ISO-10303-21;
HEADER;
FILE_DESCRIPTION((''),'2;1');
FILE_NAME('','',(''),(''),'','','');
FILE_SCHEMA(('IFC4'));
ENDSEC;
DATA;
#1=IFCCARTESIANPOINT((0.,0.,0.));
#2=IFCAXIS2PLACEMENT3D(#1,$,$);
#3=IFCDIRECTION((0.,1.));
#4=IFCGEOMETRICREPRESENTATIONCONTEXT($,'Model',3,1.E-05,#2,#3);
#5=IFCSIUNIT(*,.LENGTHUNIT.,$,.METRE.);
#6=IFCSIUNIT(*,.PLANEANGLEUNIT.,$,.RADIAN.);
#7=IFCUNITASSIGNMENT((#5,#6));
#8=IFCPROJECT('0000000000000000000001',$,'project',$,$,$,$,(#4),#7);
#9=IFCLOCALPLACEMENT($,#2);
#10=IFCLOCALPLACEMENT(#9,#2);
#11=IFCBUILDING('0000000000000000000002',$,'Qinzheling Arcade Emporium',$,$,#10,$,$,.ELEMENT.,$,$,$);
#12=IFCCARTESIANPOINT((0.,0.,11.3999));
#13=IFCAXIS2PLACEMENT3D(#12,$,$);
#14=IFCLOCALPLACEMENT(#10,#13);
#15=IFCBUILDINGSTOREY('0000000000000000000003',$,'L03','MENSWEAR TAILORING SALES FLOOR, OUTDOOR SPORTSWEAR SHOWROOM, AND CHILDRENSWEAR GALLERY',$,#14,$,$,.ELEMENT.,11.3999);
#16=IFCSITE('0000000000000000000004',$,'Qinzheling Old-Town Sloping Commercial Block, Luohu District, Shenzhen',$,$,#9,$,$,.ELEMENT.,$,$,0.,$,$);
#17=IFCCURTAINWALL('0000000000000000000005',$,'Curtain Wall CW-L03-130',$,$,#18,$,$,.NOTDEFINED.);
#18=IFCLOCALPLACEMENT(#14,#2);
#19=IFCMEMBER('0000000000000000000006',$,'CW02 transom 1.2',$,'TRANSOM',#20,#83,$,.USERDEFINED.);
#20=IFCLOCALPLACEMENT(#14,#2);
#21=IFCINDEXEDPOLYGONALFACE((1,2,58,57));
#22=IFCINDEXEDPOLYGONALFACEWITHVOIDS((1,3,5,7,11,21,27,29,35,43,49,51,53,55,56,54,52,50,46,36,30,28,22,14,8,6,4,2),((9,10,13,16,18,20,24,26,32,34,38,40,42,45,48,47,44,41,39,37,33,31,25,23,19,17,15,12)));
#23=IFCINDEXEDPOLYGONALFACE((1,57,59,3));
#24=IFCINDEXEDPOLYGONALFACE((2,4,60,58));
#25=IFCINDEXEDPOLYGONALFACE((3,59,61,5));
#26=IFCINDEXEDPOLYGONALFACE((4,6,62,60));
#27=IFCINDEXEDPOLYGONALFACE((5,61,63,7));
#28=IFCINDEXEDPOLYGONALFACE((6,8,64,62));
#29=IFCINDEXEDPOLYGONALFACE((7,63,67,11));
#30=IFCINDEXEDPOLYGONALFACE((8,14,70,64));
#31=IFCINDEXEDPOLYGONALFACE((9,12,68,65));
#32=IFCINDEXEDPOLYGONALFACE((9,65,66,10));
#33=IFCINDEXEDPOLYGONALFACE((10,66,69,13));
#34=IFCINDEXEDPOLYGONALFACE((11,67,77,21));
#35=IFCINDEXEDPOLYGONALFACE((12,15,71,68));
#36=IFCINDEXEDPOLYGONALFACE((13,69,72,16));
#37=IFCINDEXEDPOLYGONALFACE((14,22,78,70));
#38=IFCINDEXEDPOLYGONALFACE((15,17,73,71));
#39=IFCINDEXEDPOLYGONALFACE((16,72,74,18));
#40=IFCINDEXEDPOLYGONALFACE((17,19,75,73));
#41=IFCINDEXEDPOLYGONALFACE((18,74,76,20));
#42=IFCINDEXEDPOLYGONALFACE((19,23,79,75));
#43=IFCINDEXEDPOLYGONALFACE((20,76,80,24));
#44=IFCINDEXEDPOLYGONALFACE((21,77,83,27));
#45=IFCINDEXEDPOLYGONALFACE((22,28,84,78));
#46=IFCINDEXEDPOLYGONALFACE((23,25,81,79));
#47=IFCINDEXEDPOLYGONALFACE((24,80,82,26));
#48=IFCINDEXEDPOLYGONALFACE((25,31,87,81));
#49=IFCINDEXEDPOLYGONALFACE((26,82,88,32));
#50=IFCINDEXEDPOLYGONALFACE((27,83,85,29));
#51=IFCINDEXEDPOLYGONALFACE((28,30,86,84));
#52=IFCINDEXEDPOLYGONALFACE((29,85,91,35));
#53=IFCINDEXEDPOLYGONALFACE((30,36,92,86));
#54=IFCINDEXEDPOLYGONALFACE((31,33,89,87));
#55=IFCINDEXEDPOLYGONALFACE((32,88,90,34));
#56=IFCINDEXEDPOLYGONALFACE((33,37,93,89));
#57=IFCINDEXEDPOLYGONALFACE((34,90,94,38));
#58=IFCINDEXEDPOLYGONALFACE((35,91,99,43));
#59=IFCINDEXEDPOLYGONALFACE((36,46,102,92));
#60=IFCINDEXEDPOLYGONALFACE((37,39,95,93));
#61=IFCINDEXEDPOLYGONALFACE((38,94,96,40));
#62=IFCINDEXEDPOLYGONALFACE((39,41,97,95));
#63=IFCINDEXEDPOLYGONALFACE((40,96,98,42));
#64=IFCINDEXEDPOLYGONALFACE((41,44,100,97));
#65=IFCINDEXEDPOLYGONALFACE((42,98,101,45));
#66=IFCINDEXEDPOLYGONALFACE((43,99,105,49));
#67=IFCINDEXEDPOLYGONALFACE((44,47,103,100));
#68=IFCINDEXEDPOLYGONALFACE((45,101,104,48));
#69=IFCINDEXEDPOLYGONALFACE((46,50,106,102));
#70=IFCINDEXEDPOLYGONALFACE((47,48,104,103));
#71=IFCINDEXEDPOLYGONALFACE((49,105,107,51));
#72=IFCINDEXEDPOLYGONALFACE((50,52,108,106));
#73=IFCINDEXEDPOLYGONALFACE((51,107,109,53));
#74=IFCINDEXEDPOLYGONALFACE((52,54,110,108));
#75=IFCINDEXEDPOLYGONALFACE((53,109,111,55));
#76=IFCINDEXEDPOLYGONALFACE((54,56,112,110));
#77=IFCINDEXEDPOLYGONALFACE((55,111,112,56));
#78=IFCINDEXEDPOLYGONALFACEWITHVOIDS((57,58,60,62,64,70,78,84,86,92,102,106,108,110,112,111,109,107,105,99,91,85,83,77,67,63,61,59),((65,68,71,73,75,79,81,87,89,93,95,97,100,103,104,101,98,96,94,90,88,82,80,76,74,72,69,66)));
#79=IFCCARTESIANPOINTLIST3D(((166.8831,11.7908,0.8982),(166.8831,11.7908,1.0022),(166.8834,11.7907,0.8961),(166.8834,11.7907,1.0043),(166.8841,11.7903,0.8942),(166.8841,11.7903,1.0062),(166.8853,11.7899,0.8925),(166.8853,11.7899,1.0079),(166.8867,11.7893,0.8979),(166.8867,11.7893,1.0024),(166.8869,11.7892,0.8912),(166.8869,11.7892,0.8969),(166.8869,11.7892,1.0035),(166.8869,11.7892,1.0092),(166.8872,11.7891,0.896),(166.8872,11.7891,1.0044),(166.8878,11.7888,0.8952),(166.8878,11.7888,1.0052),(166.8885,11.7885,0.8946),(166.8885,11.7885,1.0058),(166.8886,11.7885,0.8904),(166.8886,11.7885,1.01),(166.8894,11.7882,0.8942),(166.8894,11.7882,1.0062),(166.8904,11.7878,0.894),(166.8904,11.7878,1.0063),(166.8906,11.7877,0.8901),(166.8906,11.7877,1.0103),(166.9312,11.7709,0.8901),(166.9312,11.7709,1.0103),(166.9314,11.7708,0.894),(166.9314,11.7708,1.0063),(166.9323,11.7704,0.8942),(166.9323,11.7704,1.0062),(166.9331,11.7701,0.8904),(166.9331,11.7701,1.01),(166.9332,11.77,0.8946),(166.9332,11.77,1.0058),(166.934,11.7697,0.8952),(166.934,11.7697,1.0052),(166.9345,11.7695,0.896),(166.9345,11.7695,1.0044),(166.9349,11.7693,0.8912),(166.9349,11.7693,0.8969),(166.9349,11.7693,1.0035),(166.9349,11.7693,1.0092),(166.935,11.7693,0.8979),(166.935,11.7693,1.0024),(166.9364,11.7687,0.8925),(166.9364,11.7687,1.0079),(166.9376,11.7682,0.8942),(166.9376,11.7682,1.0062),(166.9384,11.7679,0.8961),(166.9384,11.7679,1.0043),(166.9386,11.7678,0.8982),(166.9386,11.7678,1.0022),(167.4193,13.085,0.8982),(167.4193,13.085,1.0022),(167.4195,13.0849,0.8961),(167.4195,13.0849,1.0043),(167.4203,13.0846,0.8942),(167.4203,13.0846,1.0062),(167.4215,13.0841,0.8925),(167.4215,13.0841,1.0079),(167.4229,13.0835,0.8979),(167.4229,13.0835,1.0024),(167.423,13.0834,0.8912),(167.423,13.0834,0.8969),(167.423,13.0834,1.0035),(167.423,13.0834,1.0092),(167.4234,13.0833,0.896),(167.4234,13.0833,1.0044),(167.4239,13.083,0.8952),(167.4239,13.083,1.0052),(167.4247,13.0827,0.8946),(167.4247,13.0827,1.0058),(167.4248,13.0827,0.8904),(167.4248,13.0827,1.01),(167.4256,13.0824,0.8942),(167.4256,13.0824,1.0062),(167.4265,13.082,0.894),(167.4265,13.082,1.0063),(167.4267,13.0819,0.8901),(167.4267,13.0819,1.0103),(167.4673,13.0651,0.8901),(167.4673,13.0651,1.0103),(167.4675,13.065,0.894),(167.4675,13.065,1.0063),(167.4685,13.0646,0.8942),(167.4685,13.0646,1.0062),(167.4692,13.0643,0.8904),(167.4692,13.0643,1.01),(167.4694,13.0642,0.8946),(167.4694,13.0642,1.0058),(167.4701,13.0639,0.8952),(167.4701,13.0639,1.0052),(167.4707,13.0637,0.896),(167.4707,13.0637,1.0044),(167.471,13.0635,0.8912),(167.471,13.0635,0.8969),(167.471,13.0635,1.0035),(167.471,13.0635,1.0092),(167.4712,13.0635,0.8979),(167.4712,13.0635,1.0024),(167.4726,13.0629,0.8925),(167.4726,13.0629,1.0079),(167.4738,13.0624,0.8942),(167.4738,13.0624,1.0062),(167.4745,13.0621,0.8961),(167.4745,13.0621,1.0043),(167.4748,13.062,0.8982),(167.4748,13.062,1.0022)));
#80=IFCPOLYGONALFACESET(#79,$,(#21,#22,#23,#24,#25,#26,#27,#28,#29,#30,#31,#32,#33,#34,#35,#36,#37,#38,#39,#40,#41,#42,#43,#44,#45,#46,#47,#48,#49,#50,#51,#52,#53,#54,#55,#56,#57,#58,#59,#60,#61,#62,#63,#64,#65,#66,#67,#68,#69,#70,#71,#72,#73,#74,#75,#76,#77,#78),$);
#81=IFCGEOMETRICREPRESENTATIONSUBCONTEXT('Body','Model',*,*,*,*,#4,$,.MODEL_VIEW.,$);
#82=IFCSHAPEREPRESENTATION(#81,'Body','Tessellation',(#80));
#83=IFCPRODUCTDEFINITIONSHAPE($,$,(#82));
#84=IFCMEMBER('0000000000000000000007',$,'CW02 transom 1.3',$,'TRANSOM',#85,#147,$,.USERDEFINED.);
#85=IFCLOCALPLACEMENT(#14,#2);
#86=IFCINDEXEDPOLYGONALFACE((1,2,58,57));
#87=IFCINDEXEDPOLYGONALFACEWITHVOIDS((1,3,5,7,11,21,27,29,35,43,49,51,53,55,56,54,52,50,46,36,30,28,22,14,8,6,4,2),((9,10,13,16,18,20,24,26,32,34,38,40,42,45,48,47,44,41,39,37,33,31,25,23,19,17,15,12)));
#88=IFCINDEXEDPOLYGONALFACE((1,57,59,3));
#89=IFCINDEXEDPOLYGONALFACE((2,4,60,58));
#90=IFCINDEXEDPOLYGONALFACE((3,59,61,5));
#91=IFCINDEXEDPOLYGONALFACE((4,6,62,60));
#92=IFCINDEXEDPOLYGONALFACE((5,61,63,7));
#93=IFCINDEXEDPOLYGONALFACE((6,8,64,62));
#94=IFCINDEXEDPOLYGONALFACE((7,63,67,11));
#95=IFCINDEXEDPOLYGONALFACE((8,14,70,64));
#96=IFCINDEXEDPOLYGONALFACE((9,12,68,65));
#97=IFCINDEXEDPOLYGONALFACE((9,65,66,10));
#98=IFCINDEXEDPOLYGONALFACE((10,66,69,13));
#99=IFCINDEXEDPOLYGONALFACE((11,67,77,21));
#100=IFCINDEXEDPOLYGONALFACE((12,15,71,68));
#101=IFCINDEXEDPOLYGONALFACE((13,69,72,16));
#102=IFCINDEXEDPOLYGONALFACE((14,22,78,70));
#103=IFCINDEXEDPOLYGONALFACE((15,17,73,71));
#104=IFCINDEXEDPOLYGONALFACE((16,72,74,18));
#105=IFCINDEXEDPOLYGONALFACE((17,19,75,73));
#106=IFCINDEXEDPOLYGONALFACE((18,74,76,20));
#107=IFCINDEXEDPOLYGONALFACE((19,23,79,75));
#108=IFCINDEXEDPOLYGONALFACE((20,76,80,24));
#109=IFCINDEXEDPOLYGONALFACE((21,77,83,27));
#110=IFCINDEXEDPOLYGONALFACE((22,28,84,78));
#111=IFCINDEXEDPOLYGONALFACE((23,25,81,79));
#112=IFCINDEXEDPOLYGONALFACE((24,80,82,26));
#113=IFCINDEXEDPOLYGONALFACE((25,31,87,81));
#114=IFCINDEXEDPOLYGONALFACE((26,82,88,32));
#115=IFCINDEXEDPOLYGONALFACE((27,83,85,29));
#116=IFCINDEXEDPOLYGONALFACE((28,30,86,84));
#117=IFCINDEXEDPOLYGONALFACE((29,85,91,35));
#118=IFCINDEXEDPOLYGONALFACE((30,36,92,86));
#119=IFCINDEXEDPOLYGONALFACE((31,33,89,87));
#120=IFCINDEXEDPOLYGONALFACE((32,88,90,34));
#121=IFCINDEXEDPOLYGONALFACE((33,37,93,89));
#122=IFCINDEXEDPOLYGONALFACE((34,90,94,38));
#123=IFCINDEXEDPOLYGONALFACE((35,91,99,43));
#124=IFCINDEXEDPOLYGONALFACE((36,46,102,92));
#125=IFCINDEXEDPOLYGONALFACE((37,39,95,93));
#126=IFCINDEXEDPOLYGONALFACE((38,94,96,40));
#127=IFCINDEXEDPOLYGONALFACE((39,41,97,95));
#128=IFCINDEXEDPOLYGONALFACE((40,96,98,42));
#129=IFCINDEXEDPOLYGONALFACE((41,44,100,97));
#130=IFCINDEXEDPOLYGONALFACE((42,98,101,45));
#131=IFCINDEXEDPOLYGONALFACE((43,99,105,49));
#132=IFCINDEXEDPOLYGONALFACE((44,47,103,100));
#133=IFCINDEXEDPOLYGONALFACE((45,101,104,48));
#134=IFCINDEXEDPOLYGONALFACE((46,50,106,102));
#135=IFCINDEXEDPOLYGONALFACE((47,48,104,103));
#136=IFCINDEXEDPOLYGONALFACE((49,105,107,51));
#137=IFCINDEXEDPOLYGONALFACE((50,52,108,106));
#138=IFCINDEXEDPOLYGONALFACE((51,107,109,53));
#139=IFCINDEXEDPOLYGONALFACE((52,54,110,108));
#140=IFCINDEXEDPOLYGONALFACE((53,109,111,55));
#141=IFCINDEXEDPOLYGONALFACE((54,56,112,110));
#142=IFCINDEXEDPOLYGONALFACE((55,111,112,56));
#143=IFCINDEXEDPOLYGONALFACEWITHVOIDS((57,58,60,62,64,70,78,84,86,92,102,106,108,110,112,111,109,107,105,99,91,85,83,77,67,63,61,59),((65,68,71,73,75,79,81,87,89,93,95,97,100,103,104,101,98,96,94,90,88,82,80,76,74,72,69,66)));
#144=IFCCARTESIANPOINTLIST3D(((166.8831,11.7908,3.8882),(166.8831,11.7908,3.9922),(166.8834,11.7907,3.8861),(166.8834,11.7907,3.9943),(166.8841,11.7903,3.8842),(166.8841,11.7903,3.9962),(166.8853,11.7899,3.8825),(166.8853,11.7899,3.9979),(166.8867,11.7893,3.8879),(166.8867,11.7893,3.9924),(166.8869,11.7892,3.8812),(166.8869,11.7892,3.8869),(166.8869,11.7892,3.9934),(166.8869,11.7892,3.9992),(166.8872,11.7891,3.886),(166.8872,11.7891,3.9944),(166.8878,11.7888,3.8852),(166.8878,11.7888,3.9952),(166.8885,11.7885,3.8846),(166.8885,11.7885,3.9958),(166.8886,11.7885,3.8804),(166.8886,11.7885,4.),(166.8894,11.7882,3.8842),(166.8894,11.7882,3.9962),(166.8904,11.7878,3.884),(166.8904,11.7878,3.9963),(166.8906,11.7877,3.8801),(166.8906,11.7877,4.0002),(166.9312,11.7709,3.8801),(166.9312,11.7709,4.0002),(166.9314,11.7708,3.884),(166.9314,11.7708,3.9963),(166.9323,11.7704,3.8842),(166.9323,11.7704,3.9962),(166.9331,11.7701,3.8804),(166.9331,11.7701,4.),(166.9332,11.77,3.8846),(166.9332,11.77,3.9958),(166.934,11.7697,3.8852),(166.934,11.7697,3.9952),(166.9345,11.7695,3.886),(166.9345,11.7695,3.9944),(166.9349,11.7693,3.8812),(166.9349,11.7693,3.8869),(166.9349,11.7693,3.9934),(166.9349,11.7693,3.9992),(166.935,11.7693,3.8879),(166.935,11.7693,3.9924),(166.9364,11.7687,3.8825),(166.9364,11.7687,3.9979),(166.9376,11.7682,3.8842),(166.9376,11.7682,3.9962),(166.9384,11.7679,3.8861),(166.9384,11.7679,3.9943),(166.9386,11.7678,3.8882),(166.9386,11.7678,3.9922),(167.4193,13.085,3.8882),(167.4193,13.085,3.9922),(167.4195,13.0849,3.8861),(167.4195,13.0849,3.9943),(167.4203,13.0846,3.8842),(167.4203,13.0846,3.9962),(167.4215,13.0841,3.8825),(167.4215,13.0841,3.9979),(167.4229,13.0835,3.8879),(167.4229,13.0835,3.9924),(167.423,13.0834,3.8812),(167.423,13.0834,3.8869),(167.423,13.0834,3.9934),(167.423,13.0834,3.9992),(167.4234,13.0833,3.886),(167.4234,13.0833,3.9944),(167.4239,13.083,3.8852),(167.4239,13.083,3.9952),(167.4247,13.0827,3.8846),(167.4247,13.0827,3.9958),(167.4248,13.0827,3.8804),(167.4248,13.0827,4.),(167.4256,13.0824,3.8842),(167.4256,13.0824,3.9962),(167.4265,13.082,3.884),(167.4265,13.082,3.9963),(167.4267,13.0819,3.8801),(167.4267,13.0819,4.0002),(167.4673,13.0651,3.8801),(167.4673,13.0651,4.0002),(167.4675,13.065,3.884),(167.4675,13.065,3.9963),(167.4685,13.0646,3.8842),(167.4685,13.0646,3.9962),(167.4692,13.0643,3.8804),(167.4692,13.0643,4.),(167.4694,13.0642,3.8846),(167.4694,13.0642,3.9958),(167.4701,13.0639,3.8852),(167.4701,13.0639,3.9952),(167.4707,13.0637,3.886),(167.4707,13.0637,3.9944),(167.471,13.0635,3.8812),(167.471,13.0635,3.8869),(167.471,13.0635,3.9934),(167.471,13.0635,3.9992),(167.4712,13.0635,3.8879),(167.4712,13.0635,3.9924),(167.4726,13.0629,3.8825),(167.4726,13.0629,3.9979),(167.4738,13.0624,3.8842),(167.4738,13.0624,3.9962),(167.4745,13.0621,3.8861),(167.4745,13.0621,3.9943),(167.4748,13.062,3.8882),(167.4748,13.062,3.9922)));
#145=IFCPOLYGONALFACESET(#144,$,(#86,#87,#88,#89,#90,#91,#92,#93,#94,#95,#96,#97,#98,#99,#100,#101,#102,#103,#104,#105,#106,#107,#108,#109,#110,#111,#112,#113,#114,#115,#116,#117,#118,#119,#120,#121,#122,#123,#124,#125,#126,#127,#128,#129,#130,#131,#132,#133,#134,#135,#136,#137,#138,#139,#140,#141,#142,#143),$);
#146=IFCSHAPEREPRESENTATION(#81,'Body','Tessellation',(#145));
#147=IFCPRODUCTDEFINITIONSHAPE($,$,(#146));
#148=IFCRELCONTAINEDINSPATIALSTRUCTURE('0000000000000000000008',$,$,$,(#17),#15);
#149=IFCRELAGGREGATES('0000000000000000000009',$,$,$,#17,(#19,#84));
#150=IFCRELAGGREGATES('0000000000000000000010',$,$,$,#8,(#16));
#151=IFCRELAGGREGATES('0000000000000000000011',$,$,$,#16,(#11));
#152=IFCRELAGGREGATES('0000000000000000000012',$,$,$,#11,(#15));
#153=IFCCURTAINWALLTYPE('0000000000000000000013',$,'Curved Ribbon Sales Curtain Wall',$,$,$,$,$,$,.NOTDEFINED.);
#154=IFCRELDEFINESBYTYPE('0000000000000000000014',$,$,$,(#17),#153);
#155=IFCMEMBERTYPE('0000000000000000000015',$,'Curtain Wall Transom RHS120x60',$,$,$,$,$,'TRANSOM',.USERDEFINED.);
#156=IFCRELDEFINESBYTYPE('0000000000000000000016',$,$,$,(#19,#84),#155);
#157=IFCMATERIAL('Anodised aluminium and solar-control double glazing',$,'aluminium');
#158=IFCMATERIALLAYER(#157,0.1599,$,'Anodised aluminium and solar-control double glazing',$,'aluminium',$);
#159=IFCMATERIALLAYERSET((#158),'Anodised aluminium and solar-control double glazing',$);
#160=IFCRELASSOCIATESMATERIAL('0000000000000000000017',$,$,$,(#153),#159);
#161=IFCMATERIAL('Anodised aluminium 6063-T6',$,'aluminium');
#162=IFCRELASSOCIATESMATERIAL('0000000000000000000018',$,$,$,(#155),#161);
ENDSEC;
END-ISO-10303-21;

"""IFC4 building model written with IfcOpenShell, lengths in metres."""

from ifc_helpers import new_model, si_unit, direction, frame, origin, origin_2d, place, context, subcontext, project, spatial, hollow_rectangle, extrude, material, layer, layer_set, material_profile, profile_set, type_object, element, aggregate, save


model = new_model("IFC4")

# Units and contexts
model_context = context("Model", 3, precision=1e-05, world=origin(), true_north=direction((0.0, 1.0)))
body_context = subcontext(model_context, "Body", "Model", "MODEL_VIEW")
ifc_project = project(units=[si_unit("LENGTHUNIT", "METRE"), si_unit("PLANEANGLEUNIT", "RADIAN")], contexts=[model_context])

# Site, building, storey
site_placement = place(None, origin())
site = spatial("IfcSite", under=ifc_project, at=site_placement, Name="Qinzheling Old-Town Sloping Commercial Block, Luohu District, Shenzhen", CompositionType="ELEMENT", RefElevation=0.0)
building_placement = place(site_placement, origin())
building = spatial("IfcBuilding", under=site, at=building_placement, Name="Qinzheling Arcade Emporium", CompositionType="ELEMENT")
storey_placement = place(building_placement, frame((0.0, 0.0, 11.3999)))
storey = spatial("IfcBuildingStorey", under=building, at=storey_placement, Name="L03", Description="MENSWEAR TAILORING SALES FLOOR, OUTDOOR SPORTSWEAR SHOWROOM, AND CHILDRENSWEAR GALLERY", CompositionType="ELEMENT", Elevation=11.3999)

# Shared definitions
ifc_material_1 = material(Name="Anodised aluminium and solar-control double glazing", Category="aluminium")
ifc_material_2 = material(Name="Anodised aluminium 6063-T6", Category="aluminium")

# Curtain wall
ifc_layer_1 = layer(ifc_material_1, 0.1599, Name="Anodised aluminium and solar-control double glazing", Category="aluminium")
ifc_layer_set_1 = layer_set([ifc_layer_1], Name="Anodised aluminium and solar-control double glazing")
curtain_wall_type_1 = type_object("IfcCurtainWallType", Name="Curved Ribbon Sales Curtain Wall", PredefinedType="NOTDEFINED", material=ifc_layer_set_1)
curtain_wall_1_placement = place(storey_placement, origin())
curtain_wall_1 = element("IfcCurtainWall", 1, at=curtain_wall_1_placement, inside=storey, type_object=curtain_wall_type_1, Name="Curtain Wall CW-L03-130", PredefinedType="NOTDEFINED")

# Members
ifc_material_profile_1 = material_profile(ifc_material_2, hollow_rectangle(XDim=0.0601, YDim=0.1201, WallThickness=0.0039, InnerFilletRadius=0.0039, OuterFilletRadius=0.0081, at=origin_2d()), Name="RHS 120x60x4", Category="aluminium")
ifc_profile_set_1 = profile_set([ifc_material_profile_1], Name="Anodised aluminium 6063-T6")
member_type_1 = type_object("IfcMemberType", Name="Curtain Wall Transom RHS120x60", ElementType="TRANSOM", PredefinedType="USERDEFINED", material=ifc_profile_set_1)
member_1_placement = place(storey_placement, frame((167.447, 13.0735, 0.9502), z_axis=(-0.382721, -0.923864, 0.0), x_axis=(0.923864, -0.382721, 0.0)))
member_1 = element("IfcMember", 2, at=member_1_placement, type_object=member_type_1, Name="CW02 transom 1.2", ObjectType="TRANSOM", PredefinedType="USERDEFINED", context=body_context, shape_type="SweptSolid", body=[
    extrude(hollow_rectangle(XDim=0.0601, YDim=0.1201, WallThickness=0.0039, InnerFilletRadius=0.0039, OuterFilletRadius=0.0081, at=origin_2d()), origin(), (0.0, 0.0, 1.0), 1.4009),
])
member_2_placement = place(storey_placement, frame((167.447, 13.0735, 3.9402), z_axis=(-0.382721, -0.923864, 0.0), x_axis=(0.923864, -0.382721, 0.0)))
member_2 = element("IfcMember", 3, at=member_2_placement, type_object=member_type_1, Name="CW02 transom 1.3", ObjectType="TRANSOM", PredefinedType="USERDEFINED", context=body_context, shape_type="SweptSolid", body=[
    extrude(hollow_rectangle(XDim=0.0601, YDim=0.1201, WallThickness=0.0039, InnerFilletRadius=0.0039, OuterFilletRadius=0.0081, at=origin_2d()), origin(), (0.0, 0.0, 1.0), 1.4009),
])

aggregate(curtain_wall_1, [member_1, member_2])

save(model, "model.ifc")
